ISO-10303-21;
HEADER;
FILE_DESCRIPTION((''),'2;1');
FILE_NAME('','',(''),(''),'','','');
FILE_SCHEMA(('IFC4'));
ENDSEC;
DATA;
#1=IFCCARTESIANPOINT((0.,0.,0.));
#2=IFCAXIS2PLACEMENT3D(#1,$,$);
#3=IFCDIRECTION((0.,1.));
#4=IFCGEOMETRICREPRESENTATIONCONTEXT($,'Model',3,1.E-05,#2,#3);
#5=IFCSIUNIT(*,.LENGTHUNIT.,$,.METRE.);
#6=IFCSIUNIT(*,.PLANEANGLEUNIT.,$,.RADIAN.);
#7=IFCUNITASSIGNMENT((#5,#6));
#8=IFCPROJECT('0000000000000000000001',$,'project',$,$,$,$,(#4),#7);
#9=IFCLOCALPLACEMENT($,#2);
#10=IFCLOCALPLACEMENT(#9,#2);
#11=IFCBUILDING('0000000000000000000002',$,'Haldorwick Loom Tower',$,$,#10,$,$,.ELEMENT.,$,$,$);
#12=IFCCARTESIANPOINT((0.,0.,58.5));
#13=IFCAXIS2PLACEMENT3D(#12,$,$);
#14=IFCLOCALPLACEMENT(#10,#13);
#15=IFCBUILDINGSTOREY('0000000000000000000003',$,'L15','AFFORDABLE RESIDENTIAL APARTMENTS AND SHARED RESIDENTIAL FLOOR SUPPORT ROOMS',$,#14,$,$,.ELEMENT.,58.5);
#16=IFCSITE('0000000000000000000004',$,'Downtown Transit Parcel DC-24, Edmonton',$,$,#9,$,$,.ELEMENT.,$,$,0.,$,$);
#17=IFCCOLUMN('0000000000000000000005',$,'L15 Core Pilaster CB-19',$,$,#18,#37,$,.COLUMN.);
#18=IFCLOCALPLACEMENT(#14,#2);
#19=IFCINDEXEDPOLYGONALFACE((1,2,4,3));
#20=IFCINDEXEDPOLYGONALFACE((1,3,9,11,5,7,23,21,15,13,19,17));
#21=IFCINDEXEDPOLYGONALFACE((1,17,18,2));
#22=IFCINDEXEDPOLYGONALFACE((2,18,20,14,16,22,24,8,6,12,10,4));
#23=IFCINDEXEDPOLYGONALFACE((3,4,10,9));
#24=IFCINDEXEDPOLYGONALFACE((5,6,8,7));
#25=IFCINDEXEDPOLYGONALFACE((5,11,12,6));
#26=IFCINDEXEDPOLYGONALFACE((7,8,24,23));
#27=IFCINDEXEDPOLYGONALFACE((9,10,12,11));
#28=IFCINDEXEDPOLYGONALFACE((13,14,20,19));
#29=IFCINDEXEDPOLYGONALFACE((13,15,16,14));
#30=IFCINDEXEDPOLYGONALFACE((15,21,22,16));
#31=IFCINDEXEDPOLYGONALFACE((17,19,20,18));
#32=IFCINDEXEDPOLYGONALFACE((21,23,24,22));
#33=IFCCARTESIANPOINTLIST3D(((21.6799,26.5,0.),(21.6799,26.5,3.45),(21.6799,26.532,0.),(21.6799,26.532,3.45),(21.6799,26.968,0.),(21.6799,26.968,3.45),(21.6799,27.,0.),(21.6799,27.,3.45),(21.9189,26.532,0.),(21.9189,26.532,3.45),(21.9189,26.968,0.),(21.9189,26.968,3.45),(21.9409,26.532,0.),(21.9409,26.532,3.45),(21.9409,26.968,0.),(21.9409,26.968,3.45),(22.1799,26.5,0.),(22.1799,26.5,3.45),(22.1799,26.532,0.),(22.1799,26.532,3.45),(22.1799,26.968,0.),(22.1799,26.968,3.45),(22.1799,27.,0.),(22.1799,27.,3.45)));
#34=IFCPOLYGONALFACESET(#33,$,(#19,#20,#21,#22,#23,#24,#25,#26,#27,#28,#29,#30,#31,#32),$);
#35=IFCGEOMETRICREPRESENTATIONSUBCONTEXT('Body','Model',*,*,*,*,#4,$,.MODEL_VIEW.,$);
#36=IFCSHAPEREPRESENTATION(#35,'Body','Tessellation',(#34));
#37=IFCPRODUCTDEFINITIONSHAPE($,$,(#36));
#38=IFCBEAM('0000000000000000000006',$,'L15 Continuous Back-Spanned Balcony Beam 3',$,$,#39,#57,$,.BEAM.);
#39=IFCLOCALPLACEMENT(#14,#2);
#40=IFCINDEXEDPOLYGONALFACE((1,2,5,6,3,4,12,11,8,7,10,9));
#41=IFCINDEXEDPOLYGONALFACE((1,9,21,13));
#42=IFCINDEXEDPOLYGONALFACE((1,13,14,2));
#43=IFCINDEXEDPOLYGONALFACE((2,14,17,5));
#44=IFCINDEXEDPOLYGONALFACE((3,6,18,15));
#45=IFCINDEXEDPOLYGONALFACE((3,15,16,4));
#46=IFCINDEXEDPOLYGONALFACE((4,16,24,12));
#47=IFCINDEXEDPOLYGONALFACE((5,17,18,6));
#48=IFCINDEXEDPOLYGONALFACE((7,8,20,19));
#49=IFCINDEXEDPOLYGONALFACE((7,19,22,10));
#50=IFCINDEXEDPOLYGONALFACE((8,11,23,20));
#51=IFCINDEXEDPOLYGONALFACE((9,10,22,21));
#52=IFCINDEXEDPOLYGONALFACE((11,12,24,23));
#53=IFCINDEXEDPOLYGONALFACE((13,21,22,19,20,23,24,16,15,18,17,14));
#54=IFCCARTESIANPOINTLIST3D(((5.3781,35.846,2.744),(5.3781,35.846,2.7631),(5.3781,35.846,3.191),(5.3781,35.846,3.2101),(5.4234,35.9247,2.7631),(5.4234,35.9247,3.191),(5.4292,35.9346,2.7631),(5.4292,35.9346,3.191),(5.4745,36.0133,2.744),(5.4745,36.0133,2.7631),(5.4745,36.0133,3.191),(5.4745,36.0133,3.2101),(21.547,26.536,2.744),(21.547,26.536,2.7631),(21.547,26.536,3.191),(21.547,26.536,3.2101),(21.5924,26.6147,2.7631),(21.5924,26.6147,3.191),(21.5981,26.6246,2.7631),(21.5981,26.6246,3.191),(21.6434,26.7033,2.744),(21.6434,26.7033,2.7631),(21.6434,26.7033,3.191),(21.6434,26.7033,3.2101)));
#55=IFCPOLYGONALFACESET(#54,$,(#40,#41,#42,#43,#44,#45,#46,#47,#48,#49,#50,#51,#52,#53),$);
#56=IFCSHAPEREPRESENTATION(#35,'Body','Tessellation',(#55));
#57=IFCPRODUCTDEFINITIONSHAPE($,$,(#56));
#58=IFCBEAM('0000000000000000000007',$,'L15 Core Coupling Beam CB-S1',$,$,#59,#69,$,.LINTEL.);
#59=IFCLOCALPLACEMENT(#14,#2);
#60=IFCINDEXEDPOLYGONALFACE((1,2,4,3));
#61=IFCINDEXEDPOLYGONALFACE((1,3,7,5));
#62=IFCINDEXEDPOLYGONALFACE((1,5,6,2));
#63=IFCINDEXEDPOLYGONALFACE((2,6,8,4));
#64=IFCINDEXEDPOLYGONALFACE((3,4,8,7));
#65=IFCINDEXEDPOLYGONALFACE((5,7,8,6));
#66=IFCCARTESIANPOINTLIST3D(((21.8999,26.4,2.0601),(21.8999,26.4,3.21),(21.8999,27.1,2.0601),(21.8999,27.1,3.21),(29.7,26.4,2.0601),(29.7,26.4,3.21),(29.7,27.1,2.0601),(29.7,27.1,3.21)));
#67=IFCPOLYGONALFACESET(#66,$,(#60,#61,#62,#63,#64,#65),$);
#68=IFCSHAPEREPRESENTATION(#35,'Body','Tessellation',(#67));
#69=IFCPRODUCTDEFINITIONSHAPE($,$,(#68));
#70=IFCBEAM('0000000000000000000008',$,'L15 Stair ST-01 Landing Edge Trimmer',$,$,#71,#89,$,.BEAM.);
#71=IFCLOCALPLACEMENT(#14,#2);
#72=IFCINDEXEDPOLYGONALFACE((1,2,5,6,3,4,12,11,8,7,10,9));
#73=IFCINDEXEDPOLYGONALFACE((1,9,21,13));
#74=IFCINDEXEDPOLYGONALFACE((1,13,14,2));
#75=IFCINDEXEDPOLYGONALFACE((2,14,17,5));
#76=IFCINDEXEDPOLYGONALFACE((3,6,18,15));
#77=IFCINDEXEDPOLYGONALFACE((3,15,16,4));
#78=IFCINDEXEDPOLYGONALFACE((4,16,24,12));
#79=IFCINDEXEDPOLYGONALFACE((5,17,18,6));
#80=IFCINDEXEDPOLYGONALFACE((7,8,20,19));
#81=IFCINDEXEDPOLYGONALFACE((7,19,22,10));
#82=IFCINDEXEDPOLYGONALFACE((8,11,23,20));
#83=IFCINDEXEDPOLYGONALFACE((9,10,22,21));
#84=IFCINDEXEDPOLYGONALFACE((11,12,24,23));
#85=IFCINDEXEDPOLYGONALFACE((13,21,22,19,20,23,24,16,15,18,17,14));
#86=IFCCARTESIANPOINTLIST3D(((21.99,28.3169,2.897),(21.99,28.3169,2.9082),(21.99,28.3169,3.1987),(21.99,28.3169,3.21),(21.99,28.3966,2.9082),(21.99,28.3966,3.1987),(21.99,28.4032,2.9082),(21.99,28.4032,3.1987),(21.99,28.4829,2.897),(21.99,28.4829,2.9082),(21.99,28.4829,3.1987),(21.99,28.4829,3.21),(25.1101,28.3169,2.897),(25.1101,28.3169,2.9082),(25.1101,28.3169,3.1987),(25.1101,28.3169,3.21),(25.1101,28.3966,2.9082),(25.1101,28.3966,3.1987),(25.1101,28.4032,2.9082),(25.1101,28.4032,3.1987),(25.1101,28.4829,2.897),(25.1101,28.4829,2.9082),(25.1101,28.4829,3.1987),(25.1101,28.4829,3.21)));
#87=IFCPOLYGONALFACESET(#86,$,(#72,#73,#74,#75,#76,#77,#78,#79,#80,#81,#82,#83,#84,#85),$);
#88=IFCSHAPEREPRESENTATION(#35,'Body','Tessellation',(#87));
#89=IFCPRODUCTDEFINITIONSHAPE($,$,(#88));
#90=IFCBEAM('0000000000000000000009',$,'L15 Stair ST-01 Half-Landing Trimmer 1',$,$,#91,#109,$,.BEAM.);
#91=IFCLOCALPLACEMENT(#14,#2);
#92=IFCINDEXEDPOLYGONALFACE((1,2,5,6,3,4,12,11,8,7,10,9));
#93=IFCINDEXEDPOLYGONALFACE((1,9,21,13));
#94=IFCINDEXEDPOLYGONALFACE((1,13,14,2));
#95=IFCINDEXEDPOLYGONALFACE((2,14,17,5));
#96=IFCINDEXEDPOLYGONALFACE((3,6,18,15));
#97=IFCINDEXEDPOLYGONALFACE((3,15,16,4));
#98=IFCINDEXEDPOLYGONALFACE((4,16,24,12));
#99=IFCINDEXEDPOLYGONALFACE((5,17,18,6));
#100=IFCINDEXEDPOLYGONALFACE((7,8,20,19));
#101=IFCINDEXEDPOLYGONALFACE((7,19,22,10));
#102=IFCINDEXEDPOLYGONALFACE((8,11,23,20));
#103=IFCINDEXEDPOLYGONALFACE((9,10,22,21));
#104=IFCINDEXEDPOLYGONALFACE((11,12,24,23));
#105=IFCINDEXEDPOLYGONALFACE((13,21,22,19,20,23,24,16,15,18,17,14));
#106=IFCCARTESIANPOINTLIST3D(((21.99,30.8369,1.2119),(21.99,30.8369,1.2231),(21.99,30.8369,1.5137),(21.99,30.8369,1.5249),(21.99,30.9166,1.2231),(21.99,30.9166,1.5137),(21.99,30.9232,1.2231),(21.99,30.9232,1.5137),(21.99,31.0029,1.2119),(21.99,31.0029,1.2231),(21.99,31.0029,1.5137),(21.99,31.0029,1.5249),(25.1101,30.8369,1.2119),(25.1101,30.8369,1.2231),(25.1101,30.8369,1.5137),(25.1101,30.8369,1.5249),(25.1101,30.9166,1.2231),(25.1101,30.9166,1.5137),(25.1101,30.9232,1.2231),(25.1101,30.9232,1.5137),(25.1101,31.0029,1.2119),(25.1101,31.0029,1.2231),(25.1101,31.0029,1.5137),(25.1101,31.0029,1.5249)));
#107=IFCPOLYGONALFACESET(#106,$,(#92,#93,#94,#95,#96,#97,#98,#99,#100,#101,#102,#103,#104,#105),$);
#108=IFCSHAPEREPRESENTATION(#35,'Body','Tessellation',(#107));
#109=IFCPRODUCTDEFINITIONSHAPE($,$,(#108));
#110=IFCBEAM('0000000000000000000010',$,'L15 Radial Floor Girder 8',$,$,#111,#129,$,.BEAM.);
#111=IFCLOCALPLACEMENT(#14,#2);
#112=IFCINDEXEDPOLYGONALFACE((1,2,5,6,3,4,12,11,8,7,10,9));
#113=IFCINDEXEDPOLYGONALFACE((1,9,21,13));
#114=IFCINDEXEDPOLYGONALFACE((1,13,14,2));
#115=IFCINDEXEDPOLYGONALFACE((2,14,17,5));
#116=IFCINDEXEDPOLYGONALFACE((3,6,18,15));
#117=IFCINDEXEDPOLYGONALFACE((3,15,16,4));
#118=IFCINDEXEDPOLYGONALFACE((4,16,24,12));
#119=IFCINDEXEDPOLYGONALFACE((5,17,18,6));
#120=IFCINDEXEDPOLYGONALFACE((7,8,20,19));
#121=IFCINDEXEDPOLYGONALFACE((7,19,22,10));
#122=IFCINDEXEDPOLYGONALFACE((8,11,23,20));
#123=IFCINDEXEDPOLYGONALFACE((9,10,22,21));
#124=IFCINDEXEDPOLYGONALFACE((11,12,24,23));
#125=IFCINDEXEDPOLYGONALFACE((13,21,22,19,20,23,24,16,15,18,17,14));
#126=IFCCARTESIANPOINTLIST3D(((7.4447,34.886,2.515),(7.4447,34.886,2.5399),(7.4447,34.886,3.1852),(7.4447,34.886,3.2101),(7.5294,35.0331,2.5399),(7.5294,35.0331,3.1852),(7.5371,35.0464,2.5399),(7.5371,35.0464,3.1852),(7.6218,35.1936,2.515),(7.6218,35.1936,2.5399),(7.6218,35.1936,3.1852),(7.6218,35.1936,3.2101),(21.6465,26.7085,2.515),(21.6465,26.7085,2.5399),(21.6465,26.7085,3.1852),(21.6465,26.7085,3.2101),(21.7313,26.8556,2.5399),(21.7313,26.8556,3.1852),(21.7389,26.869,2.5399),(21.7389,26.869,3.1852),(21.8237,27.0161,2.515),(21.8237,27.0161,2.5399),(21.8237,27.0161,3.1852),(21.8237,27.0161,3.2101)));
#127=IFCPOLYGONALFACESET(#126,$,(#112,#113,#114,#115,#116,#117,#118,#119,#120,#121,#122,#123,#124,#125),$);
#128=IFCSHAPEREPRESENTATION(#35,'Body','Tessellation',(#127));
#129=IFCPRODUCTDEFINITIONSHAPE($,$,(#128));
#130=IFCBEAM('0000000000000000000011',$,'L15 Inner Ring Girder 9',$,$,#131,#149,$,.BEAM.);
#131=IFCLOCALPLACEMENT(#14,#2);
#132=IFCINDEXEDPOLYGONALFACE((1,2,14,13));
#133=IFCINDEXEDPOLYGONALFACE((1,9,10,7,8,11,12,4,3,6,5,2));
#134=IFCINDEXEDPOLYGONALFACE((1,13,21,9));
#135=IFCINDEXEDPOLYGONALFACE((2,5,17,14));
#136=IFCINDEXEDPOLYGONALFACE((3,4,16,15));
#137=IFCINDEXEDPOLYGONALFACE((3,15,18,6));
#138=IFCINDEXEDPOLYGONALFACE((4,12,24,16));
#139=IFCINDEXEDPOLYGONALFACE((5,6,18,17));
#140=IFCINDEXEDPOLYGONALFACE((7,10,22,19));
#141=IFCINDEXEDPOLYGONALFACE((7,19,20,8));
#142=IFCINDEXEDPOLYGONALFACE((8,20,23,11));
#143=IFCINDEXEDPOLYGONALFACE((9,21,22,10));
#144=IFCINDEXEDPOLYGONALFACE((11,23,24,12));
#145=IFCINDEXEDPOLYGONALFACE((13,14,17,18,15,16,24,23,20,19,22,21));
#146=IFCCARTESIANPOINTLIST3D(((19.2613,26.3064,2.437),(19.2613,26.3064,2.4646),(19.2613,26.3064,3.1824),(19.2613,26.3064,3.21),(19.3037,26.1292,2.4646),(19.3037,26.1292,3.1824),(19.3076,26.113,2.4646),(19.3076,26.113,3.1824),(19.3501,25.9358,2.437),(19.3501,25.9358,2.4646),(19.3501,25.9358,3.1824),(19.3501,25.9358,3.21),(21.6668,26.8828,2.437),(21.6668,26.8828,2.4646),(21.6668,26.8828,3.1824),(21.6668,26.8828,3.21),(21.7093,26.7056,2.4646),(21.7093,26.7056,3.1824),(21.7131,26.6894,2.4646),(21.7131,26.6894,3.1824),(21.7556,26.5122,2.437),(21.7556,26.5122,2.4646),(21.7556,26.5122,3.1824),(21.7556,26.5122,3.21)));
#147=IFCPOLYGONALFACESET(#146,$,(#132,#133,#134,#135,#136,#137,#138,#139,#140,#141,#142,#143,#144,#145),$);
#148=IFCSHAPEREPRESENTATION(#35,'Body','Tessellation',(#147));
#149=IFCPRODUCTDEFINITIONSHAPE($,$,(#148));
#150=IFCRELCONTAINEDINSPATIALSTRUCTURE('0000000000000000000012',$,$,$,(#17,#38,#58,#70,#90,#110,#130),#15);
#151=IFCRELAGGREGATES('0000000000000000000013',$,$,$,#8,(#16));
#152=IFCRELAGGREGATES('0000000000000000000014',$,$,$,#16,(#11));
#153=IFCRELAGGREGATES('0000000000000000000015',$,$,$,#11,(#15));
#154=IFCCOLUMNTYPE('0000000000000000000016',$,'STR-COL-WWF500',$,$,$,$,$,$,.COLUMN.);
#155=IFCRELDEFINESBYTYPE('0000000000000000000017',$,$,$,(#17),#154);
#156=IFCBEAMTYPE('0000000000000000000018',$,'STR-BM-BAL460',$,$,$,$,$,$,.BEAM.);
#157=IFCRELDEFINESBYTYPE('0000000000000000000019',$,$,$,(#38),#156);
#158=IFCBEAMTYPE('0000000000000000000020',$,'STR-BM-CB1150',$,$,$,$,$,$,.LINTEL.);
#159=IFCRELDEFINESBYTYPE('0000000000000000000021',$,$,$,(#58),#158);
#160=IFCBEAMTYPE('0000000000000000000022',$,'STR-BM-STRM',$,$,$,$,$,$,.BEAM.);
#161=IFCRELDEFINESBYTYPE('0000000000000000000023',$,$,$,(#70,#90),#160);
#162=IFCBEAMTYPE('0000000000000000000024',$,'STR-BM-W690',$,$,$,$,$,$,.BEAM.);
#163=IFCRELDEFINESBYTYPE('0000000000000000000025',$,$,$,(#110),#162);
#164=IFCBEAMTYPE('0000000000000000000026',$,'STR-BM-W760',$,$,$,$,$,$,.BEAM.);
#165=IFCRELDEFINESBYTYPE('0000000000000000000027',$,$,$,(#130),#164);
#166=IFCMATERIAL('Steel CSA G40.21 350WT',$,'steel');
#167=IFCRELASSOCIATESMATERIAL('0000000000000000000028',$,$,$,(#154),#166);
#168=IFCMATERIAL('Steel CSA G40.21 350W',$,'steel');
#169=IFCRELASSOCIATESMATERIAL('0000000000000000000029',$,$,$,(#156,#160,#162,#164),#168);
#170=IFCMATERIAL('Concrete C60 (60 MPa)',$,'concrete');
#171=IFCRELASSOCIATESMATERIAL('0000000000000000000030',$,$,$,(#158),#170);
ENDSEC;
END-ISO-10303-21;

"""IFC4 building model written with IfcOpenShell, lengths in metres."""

from ifc_helpers import new_model, si_unit, direction, frame, origin, origin_2d, place, context, subcontext, project, spatial, rectangle, i_section, extrude, material, material_profile, profile_set, type_object, element, save


model = new_model("IFC4")

# Units and contexts
model_context = context("Model", 3, precision=1e-05, world=origin(), true_north=direction((0.0, 1.0)))
body_context = subcontext(model_context, "Body", "Model", "MODEL_VIEW")
ifc_project = project(units=[si_unit("LENGTHUNIT", "METRE"), si_unit("PLANEANGLEUNIT", "RADIAN")], contexts=[model_context])

# Site, building, storey
site_placement = place(None, origin())
site = spatial("IfcSite", under=ifc_project, at=site_placement, Name="Downtown Transit Parcel DC-24, Edmonton", CompositionType="ELEMENT", RefElevation=0.0)
building_placement = place(site_placement, origin())
building = spatial("IfcBuilding", under=site, at=building_placement, Name="Haldorwick Loom Tower", CompositionType="ELEMENT")
storey_placement = place(building_placement, frame((0.0, 0.0, 58.5)))
storey = spatial("IfcBuildingStorey", under=building, at=storey_placement, Name="L15", Description="AFFORDABLE RESIDENTIAL APARTMENTS AND SHARED RESIDENTIAL FLOOR SUPPORT ROOMS", CompositionType="ELEMENT", Elevation=58.5)

# Column
ifc_material_1 = material(Name="Steel CSA G40.21 350WT", Category="steel")
ifc_material_profile_1 = material_profile(ifc_material_1, i_section(OverallWidth=0.5, OverallDepth=0.5, WebThickness=0.022, FlangeThickness=0.032, at=origin_2d()), Name="WWF500X500", Category="steel")
ifc_profile_set_1 = profile_set([ifc_material_profile_1], Name="Steel CSA G40.21 350WT")
column_type = type_object("IfcColumnType", Name="STR-COL-WWF500", PredefinedType="COLUMN", material=ifc_profile_set_1)
column_placement = place(storey_placement, frame((21.9299, 26.75, 0.0), z_axis=(0.0, 0.0, 1.0), x_axis=(1.0, 0.0, 0.0)))
element("IfcColumn", 1, at=column_placement, inside=storey, type_object=column_type, Name="L15 Core Pilaster CB-19", PredefinedType="COLUMN", context=body_context, shape_type="SweptSolid", body=[
    extrude(i_section(OverallWidth=0.5, OverallDepth=0.5, WebThickness=0.022, FlangeThickness=0.032, at=origin_2d()), origin(), (0.0, 0.0, 1.0), 3.45),
])

# Beams
ifc_material_2 = material(Name="Steel CSA G40.21 350W", Category="steel")
ifc_material_profile_2 = material_profile(ifc_material_2, i_section(OverallWidth=0.1931, OverallDepth=0.4661, WebThickness=0.0115, FlangeThickness=0.019, at=origin_2d()), Name="W460X97", Category="steel")
ifc_profile_set_2 = profile_set([ifc_material_profile_2], Name="Steel CSA G40.21 350W")
beam_type_1 = type_object("IfcBeamType", Name="STR-BM-BAL460", PredefinedType="BEAM", material=ifc_profile_set_2)
beam_1_placement = place(storey_placement, frame((21.5952, 26.6196, 2.9771), z_axis=(-0.866607, 0.498991, 0.0), x_axis=(-0.498991, -0.866607, 0.0)))
element("IfcBeam", 2, at=beam_1_placement, inside=storey, type_object=beam_type_1, Name="L15 Continuous Back-Spanned Balcony Beam 3", PredefinedType="BEAM", context=body_context, shape_type="SweptSolid", body=[
    extrude(i_section(OverallWidth=0.1931, OverallDepth=0.4661, WebThickness=0.0115, FlangeThickness=0.019, at=origin_2d()), origin(), (0.0, 0.0, 1.0), 18.6577),
])
ifc_material_3 = material(Name="Concrete C60 (60 MPa)", Category="concrete")
ifc_material_profile_3 = material_profile(ifc_material_3, rectangle(XDim=0.7, YDim=1.1499, at=origin_2d()), Name="RC700X1150", Category="concrete")
ifc_profile_set_3 = profile_set([ifc_material_profile_3], Name="Concrete C60 (60 MPa)")
beam_type_2 = type_object("IfcBeamType", Name="STR-BM-CB1150", PredefinedType="LINTEL", material=ifc_profile_set_3)
beam_2_placement = place(storey_placement, frame((21.8999, 26.75, 2.635), z_axis=(1.0, 0.0, 0.0), x_axis=(0.0, 1.0, 0.0)))
element("IfcBeam", 3, at=beam_2_placement, inside=storey, type_object=beam_type_2, Name="L15 Core Coupling Beam CB-S1", PredefinedType="LINTEL", context=body_context, shape_type="SweptSolid", body=[
    extrude(rectangle(XDim=0.7, YDim=1.1499, at=origin_2d()), origin(), (0.0, 0.0, 1.0), 7.8),
])
ifc_material_profile_4 = material_profile(ifc_material_2, i_section(OverallWidth=0.166, OverallDepth=0.313, WebThickness=0.0066, FlangeThickness=0.0112, at=origin_2d()), Name="W310X45", Category="steel")
ifc_profile_set_4 = profile_set([ifc_material_profile_4], Name="Steel CSA G40.21 350W")
beam_type_3 = type_object("IfcBeamType", Name="STR-BM-STRM", PredefinedType="BEAM", material=ifc_profile_set_4)
for number, where, z_axis, x_axis, name in (
    (4, (21.99, 28.3999, 3.0535), (1.0, 0.0, 0.0), (0.0, 1.0, 0.0), "L15 Stair ST-01 Landing Edge Trimmer"),
    (5, (21.99, 30.9199, 1.3684), (1.0, 0.0, 0.0), (0.0, 1.0, 0.0), "L15 Stair ST-01 Half-Landing Trimmer 1"),
):
    element("IfcBeam", number, at=place(storey_placement, frame(where, z_axis=z_axis, x_axis=x_axis)), inside=storey, type_object=beam_type_3, Name=name, PredefinedType="BEAM", context=body_context, shape_type="SweptSolid", body=[
        extrude(i_section(OverallWidth=0.166, OverallDepth=0.313, WebThickness=0.0066, FlangeThickness=0.0112, at=origin_2d()), origin(), (0.0, 0.0, 1.0), 3.1201),
    ])
ifc_material_profile_5 = material_profile(ifc_material_2, i_section(OverallWidth=0.355, OverallDepth=0.6951, WebThickness=0.0154, FlangeThickness=0.0249, at=origin_2d()), Name="W690X217", Category="steel")
ifc_profile_set_5 = profile_set([ifc_material_profile_5], Name="Steel CSA G40.21 350W")
beam_type_4 = type_object("IfcBeamType", Name="STR-BM-W690", PredefinedType="BEAM", material=ifc_profile_set_5)
beam_3_placement = place(storey_placement, frame((21.7351, 26.8623, 2.8625), z_axis=(-0.866606, 0.498994, 0.0), x_axis=(-0.498994, -0.866606, 0.0)))
element("IfcBeam", 6, at=beam_3_placement, inside=storey, type_object=beam_type_4, Name="L15 Radial Floor Girder 8", PredefinedType="BEAM", context=body_context, shape_type="SweptSolid", body=[
    extrude(i_section(OverallWidth=0.355, OverallDepth=0.6951, WebThickness=0.0154, FlangeThickness=0.0249, at=origin_2d()), origin(), (0.0, 0.0, 1.0), 16.3879),
])
ifc_material_profile_6 = material_profile(ifc_material_2, i_section(OverallWidth=0.3811, OverallDepth=0.7729, WebThickness=0.0166, FlangeThickness=0.0276, at=origin_2d()), Name="W760X257", Category="steel")
ifc_profile_set_6 = profile_set([ifc_material_profile_6], Name="Steel CSA G40.21 350W")
beam_type_5 = type_object("IfcBeamType", Name="STR-BM-W760", PredefinedType="BEAM", material=ifc_profile_set_6)
beam_4_placement = place(storey_placement, frame((19.3057, 26.1211, 2.8235), z_axis=(0.972471, 0.233026, 0.0), x_axis=(-0.233026, 0.972471, 0.0)))
element("IfcBeam", 7, at=beam_4_placement, inside=storey, type_object=beam_type_5, Name="L15 Inner Ring Girder 9", PredefinedType="BEAM", context=body_context, shape_type="SweptSolid", body=[
    extrude(i_section(OverallWidth=0.3811, OverallDepth=0.7729, WebThickness=0.0166, FlangeThickness=0.0276, at=origin_2d()), origin(), (0.0, 0.0, 1.0), 2.4736),
])

save(model, "model.ifc")
